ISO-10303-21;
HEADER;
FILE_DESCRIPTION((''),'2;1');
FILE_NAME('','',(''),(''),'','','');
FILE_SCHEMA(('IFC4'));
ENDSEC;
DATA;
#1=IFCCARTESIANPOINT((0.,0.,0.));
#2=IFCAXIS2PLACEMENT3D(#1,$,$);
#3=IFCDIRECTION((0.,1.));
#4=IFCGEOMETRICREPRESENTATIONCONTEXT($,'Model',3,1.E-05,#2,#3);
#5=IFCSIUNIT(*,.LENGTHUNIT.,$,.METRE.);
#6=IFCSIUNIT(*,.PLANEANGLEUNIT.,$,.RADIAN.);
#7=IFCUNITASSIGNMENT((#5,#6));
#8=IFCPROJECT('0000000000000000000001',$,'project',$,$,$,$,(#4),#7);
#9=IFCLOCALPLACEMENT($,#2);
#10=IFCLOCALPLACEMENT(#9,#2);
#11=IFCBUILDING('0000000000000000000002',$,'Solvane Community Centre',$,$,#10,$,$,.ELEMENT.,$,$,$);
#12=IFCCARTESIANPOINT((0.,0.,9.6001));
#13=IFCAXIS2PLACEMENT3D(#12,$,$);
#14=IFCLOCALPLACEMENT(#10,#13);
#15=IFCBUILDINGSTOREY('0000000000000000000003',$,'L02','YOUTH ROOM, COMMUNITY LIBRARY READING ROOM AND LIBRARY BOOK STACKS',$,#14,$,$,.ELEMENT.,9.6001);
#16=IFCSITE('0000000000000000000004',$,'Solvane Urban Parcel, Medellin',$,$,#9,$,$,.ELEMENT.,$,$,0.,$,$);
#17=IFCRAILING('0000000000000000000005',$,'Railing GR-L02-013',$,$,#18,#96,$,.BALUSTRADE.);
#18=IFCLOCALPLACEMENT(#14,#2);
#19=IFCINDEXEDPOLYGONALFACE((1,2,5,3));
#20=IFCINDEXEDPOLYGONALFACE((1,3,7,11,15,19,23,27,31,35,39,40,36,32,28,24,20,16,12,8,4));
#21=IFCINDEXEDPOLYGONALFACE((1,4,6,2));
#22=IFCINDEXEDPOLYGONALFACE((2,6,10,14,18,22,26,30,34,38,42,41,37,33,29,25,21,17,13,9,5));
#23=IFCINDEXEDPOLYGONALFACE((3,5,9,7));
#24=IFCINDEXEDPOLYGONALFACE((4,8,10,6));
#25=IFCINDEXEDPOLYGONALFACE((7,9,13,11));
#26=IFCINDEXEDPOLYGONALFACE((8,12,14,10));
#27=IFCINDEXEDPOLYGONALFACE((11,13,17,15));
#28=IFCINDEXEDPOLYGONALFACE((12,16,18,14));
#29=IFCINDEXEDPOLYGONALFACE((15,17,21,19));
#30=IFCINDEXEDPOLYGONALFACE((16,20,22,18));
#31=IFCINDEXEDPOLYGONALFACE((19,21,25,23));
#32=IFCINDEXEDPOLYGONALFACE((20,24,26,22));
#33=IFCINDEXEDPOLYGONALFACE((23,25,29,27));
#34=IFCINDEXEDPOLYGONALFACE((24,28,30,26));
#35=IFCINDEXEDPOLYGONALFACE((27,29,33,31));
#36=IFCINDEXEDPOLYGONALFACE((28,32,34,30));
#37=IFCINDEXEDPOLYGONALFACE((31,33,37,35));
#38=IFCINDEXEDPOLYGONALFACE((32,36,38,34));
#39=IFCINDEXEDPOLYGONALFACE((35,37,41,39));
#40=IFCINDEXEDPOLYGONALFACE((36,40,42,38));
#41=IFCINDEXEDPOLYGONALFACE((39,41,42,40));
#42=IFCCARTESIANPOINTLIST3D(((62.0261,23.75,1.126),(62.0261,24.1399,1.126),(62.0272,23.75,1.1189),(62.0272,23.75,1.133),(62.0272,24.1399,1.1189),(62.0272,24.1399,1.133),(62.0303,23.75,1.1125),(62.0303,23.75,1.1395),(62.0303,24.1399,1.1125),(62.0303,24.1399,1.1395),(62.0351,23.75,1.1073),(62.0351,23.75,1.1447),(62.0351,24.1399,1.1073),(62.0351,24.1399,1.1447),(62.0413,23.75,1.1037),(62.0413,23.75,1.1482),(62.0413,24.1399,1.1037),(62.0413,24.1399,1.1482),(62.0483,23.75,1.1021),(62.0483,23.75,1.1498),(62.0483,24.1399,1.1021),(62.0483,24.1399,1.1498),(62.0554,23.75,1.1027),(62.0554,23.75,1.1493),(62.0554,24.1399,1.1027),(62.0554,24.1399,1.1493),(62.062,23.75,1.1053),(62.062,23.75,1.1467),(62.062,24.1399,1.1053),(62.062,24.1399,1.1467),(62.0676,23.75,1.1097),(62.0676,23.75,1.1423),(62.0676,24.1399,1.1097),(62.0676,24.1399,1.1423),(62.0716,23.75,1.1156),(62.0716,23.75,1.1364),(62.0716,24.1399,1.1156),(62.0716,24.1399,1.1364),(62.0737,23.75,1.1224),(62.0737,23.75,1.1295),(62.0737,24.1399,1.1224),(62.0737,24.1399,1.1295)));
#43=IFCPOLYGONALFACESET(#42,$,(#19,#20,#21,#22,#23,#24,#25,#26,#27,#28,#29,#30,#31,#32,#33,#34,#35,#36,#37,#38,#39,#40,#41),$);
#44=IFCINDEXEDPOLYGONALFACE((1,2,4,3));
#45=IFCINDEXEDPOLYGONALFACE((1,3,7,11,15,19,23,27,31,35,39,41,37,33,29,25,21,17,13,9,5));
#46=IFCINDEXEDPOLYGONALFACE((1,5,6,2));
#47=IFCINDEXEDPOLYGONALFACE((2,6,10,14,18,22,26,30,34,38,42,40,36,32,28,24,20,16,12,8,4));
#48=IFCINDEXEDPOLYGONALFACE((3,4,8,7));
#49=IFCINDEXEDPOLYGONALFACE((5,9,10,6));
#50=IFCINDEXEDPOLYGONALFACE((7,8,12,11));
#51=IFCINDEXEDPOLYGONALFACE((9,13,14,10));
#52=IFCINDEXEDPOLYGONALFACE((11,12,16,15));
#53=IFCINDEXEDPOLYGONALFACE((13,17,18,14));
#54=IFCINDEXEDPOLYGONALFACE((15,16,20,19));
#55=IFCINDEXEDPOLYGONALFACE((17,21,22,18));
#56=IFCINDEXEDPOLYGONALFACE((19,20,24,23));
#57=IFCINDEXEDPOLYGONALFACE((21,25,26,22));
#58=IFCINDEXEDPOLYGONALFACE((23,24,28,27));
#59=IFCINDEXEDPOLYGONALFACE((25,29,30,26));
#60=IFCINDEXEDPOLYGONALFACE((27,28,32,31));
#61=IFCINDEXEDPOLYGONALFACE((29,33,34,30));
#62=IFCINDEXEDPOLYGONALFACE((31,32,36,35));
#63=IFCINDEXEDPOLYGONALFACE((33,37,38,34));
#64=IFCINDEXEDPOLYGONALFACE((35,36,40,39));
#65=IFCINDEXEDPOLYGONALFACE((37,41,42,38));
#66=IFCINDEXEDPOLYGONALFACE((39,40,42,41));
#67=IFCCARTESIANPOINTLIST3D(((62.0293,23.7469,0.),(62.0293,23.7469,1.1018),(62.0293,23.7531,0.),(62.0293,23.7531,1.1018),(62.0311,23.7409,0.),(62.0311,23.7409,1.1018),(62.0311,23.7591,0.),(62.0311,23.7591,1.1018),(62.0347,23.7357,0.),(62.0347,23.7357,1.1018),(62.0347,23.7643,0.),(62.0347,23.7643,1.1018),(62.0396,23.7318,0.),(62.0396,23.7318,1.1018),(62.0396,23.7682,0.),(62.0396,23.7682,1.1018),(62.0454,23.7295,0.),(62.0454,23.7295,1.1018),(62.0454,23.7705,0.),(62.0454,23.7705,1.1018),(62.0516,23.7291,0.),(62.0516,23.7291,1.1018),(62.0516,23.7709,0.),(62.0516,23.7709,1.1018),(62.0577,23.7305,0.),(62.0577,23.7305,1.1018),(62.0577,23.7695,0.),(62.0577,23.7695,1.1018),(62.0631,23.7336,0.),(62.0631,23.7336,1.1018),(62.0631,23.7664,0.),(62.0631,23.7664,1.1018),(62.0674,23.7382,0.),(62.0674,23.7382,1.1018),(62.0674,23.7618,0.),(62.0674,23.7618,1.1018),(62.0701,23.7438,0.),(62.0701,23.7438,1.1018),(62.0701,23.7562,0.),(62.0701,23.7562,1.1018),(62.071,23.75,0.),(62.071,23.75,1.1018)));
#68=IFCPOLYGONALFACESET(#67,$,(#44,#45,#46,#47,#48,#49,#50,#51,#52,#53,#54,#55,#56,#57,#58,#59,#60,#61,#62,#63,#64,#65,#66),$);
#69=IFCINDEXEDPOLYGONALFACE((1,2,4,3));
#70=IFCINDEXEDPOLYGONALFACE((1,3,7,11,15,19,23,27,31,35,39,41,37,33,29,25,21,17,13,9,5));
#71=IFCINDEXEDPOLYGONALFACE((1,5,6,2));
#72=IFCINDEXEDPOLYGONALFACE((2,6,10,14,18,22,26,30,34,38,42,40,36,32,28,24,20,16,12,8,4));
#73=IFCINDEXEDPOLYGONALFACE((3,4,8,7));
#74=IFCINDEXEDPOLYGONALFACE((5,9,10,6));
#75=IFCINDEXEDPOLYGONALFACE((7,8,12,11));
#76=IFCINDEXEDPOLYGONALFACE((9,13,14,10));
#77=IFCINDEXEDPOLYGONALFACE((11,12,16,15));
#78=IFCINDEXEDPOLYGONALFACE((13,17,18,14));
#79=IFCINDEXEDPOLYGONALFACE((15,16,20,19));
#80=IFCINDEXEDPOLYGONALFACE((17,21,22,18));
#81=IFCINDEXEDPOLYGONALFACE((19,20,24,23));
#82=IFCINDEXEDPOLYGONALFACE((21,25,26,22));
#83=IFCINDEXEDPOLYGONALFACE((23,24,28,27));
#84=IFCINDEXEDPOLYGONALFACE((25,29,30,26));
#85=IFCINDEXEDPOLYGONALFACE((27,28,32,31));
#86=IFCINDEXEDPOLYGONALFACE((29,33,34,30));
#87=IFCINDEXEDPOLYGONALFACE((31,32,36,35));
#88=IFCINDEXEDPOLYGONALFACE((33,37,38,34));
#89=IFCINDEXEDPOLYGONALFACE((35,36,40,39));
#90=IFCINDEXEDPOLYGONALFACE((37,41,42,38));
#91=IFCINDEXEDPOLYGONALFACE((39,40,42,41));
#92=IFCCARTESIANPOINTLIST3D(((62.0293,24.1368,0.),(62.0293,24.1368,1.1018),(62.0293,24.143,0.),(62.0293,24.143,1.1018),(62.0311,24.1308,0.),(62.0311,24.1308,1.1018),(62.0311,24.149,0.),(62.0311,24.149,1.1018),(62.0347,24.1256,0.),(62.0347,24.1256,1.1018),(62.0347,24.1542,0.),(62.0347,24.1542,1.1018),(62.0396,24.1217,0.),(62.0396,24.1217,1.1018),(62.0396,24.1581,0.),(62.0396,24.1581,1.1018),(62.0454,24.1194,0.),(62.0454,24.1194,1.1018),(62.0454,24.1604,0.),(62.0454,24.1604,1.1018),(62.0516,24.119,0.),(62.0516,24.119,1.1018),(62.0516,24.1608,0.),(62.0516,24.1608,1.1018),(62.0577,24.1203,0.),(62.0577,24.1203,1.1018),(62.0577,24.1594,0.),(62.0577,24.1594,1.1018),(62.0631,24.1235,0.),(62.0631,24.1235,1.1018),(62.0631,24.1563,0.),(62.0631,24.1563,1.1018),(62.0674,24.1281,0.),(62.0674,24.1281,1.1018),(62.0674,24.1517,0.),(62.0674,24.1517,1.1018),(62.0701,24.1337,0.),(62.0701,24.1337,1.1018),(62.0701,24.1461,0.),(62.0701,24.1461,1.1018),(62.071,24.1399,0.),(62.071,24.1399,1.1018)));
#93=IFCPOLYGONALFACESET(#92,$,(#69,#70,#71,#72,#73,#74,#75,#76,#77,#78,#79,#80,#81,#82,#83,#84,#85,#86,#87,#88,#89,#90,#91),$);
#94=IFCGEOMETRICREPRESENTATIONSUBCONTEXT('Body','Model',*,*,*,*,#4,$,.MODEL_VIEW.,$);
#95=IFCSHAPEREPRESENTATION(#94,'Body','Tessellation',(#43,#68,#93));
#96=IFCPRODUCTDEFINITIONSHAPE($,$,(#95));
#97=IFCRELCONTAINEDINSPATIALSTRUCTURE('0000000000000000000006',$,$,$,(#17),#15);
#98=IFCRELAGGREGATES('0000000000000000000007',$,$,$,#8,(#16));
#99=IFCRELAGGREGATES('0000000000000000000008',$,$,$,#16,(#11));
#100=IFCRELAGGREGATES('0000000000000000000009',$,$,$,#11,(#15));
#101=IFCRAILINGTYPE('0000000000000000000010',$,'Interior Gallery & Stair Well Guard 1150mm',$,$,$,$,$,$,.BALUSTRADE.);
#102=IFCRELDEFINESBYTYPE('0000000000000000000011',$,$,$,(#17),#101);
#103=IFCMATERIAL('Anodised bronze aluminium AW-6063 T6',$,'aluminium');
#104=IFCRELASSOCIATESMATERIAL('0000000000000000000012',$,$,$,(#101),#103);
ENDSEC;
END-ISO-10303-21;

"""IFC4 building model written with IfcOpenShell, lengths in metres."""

from ifc_helpers import new_model, si_unit, direction, frame, origin, origin_2d, place, context, subcontext, project, spatial, circle, extrude, material, type_object, element, save


model = new_model("IFC4")

# Units and contexts
model_context = context("Model", 3, precision=1e-05, world=origin(), true_north=direction((0.0, 1.0)))
body_context = subcontext(model_context, "Body", "Model", "MODEL_VIEW")
ifc_project = project(units=[si_unit("LENGTHUNIT", "METRE"), si_unit("PLANEANGLEUNIT", "RADIAN")], contexts=[model_context])

# Site, building, storey
site_placement = place(None, origin())
site = spatial("IfcSite", under=ifc_project, at=site_placement, Name="Solvane Urban Parcel, Medellin", CompositionType="ELEMENT", RefElevation=0.0)
building_placement = place(site_placement, origin())
building = spatial("IfcBuilding", under=site, at=building_placement, Name="Solvane Community Centre", CompositionType="ELEMENT")
storey_placement = place(building_placement, frame((0.0, 0.0, 9.6001)))
storey = spatial("IfcBuildingStorey", under=building, at=storey_placement, Name="L02", Description="YOUTH ROOM, COMMUNITY LIBRARY READING ROOM AND LIBRARY BOOK STACKS", CompositionType="ELEMENT", Elevation=9.6001)

# Shared definitions
ifc_material_1 = material(Name="Anodised bronze aluminium AW-6063 T6", Category="aluminium")

# Railing
railing_type_1 = type_object("IfcRailingType", Name="Interior Gallery & Stair Well Guard 1150mm", PredefinedType="BALUSTRADE", material=ifc_material_1)
railing_1_placement = place(storey_placement, frame((62.05, 23.75, 0.0)))
element("IfcRailing", 1, at=railing_1_placement, inside=storey, type_object=railing_type_1, Name="Railing GR-L02-013", PredefinedType="BALUSTRADE", context=body_context, shape_type="SweptSolid", body=[
    extrude(circle(Radius=0.0239, at=origin_2d()), frame((0.0, 0.0, 1.126), z_axis=(0.0, 1.0, 0.0), x_axis=(-1.0, 0.0, 0.0)), (0.0, 0.0, 1.0), 0.3899),
    extrude(circle(Radius=0.021, at=origin_2d()), origin(), (0.0, 0.0, 1.0), 1.1018),
    extrude(circle(Radius=0.021, at=origin_2d()), frame((0.0, 0.3899, 0.0)), (0.0, 0.0, 1.0), 1.1018),
])

save(model, "model.ifc")
